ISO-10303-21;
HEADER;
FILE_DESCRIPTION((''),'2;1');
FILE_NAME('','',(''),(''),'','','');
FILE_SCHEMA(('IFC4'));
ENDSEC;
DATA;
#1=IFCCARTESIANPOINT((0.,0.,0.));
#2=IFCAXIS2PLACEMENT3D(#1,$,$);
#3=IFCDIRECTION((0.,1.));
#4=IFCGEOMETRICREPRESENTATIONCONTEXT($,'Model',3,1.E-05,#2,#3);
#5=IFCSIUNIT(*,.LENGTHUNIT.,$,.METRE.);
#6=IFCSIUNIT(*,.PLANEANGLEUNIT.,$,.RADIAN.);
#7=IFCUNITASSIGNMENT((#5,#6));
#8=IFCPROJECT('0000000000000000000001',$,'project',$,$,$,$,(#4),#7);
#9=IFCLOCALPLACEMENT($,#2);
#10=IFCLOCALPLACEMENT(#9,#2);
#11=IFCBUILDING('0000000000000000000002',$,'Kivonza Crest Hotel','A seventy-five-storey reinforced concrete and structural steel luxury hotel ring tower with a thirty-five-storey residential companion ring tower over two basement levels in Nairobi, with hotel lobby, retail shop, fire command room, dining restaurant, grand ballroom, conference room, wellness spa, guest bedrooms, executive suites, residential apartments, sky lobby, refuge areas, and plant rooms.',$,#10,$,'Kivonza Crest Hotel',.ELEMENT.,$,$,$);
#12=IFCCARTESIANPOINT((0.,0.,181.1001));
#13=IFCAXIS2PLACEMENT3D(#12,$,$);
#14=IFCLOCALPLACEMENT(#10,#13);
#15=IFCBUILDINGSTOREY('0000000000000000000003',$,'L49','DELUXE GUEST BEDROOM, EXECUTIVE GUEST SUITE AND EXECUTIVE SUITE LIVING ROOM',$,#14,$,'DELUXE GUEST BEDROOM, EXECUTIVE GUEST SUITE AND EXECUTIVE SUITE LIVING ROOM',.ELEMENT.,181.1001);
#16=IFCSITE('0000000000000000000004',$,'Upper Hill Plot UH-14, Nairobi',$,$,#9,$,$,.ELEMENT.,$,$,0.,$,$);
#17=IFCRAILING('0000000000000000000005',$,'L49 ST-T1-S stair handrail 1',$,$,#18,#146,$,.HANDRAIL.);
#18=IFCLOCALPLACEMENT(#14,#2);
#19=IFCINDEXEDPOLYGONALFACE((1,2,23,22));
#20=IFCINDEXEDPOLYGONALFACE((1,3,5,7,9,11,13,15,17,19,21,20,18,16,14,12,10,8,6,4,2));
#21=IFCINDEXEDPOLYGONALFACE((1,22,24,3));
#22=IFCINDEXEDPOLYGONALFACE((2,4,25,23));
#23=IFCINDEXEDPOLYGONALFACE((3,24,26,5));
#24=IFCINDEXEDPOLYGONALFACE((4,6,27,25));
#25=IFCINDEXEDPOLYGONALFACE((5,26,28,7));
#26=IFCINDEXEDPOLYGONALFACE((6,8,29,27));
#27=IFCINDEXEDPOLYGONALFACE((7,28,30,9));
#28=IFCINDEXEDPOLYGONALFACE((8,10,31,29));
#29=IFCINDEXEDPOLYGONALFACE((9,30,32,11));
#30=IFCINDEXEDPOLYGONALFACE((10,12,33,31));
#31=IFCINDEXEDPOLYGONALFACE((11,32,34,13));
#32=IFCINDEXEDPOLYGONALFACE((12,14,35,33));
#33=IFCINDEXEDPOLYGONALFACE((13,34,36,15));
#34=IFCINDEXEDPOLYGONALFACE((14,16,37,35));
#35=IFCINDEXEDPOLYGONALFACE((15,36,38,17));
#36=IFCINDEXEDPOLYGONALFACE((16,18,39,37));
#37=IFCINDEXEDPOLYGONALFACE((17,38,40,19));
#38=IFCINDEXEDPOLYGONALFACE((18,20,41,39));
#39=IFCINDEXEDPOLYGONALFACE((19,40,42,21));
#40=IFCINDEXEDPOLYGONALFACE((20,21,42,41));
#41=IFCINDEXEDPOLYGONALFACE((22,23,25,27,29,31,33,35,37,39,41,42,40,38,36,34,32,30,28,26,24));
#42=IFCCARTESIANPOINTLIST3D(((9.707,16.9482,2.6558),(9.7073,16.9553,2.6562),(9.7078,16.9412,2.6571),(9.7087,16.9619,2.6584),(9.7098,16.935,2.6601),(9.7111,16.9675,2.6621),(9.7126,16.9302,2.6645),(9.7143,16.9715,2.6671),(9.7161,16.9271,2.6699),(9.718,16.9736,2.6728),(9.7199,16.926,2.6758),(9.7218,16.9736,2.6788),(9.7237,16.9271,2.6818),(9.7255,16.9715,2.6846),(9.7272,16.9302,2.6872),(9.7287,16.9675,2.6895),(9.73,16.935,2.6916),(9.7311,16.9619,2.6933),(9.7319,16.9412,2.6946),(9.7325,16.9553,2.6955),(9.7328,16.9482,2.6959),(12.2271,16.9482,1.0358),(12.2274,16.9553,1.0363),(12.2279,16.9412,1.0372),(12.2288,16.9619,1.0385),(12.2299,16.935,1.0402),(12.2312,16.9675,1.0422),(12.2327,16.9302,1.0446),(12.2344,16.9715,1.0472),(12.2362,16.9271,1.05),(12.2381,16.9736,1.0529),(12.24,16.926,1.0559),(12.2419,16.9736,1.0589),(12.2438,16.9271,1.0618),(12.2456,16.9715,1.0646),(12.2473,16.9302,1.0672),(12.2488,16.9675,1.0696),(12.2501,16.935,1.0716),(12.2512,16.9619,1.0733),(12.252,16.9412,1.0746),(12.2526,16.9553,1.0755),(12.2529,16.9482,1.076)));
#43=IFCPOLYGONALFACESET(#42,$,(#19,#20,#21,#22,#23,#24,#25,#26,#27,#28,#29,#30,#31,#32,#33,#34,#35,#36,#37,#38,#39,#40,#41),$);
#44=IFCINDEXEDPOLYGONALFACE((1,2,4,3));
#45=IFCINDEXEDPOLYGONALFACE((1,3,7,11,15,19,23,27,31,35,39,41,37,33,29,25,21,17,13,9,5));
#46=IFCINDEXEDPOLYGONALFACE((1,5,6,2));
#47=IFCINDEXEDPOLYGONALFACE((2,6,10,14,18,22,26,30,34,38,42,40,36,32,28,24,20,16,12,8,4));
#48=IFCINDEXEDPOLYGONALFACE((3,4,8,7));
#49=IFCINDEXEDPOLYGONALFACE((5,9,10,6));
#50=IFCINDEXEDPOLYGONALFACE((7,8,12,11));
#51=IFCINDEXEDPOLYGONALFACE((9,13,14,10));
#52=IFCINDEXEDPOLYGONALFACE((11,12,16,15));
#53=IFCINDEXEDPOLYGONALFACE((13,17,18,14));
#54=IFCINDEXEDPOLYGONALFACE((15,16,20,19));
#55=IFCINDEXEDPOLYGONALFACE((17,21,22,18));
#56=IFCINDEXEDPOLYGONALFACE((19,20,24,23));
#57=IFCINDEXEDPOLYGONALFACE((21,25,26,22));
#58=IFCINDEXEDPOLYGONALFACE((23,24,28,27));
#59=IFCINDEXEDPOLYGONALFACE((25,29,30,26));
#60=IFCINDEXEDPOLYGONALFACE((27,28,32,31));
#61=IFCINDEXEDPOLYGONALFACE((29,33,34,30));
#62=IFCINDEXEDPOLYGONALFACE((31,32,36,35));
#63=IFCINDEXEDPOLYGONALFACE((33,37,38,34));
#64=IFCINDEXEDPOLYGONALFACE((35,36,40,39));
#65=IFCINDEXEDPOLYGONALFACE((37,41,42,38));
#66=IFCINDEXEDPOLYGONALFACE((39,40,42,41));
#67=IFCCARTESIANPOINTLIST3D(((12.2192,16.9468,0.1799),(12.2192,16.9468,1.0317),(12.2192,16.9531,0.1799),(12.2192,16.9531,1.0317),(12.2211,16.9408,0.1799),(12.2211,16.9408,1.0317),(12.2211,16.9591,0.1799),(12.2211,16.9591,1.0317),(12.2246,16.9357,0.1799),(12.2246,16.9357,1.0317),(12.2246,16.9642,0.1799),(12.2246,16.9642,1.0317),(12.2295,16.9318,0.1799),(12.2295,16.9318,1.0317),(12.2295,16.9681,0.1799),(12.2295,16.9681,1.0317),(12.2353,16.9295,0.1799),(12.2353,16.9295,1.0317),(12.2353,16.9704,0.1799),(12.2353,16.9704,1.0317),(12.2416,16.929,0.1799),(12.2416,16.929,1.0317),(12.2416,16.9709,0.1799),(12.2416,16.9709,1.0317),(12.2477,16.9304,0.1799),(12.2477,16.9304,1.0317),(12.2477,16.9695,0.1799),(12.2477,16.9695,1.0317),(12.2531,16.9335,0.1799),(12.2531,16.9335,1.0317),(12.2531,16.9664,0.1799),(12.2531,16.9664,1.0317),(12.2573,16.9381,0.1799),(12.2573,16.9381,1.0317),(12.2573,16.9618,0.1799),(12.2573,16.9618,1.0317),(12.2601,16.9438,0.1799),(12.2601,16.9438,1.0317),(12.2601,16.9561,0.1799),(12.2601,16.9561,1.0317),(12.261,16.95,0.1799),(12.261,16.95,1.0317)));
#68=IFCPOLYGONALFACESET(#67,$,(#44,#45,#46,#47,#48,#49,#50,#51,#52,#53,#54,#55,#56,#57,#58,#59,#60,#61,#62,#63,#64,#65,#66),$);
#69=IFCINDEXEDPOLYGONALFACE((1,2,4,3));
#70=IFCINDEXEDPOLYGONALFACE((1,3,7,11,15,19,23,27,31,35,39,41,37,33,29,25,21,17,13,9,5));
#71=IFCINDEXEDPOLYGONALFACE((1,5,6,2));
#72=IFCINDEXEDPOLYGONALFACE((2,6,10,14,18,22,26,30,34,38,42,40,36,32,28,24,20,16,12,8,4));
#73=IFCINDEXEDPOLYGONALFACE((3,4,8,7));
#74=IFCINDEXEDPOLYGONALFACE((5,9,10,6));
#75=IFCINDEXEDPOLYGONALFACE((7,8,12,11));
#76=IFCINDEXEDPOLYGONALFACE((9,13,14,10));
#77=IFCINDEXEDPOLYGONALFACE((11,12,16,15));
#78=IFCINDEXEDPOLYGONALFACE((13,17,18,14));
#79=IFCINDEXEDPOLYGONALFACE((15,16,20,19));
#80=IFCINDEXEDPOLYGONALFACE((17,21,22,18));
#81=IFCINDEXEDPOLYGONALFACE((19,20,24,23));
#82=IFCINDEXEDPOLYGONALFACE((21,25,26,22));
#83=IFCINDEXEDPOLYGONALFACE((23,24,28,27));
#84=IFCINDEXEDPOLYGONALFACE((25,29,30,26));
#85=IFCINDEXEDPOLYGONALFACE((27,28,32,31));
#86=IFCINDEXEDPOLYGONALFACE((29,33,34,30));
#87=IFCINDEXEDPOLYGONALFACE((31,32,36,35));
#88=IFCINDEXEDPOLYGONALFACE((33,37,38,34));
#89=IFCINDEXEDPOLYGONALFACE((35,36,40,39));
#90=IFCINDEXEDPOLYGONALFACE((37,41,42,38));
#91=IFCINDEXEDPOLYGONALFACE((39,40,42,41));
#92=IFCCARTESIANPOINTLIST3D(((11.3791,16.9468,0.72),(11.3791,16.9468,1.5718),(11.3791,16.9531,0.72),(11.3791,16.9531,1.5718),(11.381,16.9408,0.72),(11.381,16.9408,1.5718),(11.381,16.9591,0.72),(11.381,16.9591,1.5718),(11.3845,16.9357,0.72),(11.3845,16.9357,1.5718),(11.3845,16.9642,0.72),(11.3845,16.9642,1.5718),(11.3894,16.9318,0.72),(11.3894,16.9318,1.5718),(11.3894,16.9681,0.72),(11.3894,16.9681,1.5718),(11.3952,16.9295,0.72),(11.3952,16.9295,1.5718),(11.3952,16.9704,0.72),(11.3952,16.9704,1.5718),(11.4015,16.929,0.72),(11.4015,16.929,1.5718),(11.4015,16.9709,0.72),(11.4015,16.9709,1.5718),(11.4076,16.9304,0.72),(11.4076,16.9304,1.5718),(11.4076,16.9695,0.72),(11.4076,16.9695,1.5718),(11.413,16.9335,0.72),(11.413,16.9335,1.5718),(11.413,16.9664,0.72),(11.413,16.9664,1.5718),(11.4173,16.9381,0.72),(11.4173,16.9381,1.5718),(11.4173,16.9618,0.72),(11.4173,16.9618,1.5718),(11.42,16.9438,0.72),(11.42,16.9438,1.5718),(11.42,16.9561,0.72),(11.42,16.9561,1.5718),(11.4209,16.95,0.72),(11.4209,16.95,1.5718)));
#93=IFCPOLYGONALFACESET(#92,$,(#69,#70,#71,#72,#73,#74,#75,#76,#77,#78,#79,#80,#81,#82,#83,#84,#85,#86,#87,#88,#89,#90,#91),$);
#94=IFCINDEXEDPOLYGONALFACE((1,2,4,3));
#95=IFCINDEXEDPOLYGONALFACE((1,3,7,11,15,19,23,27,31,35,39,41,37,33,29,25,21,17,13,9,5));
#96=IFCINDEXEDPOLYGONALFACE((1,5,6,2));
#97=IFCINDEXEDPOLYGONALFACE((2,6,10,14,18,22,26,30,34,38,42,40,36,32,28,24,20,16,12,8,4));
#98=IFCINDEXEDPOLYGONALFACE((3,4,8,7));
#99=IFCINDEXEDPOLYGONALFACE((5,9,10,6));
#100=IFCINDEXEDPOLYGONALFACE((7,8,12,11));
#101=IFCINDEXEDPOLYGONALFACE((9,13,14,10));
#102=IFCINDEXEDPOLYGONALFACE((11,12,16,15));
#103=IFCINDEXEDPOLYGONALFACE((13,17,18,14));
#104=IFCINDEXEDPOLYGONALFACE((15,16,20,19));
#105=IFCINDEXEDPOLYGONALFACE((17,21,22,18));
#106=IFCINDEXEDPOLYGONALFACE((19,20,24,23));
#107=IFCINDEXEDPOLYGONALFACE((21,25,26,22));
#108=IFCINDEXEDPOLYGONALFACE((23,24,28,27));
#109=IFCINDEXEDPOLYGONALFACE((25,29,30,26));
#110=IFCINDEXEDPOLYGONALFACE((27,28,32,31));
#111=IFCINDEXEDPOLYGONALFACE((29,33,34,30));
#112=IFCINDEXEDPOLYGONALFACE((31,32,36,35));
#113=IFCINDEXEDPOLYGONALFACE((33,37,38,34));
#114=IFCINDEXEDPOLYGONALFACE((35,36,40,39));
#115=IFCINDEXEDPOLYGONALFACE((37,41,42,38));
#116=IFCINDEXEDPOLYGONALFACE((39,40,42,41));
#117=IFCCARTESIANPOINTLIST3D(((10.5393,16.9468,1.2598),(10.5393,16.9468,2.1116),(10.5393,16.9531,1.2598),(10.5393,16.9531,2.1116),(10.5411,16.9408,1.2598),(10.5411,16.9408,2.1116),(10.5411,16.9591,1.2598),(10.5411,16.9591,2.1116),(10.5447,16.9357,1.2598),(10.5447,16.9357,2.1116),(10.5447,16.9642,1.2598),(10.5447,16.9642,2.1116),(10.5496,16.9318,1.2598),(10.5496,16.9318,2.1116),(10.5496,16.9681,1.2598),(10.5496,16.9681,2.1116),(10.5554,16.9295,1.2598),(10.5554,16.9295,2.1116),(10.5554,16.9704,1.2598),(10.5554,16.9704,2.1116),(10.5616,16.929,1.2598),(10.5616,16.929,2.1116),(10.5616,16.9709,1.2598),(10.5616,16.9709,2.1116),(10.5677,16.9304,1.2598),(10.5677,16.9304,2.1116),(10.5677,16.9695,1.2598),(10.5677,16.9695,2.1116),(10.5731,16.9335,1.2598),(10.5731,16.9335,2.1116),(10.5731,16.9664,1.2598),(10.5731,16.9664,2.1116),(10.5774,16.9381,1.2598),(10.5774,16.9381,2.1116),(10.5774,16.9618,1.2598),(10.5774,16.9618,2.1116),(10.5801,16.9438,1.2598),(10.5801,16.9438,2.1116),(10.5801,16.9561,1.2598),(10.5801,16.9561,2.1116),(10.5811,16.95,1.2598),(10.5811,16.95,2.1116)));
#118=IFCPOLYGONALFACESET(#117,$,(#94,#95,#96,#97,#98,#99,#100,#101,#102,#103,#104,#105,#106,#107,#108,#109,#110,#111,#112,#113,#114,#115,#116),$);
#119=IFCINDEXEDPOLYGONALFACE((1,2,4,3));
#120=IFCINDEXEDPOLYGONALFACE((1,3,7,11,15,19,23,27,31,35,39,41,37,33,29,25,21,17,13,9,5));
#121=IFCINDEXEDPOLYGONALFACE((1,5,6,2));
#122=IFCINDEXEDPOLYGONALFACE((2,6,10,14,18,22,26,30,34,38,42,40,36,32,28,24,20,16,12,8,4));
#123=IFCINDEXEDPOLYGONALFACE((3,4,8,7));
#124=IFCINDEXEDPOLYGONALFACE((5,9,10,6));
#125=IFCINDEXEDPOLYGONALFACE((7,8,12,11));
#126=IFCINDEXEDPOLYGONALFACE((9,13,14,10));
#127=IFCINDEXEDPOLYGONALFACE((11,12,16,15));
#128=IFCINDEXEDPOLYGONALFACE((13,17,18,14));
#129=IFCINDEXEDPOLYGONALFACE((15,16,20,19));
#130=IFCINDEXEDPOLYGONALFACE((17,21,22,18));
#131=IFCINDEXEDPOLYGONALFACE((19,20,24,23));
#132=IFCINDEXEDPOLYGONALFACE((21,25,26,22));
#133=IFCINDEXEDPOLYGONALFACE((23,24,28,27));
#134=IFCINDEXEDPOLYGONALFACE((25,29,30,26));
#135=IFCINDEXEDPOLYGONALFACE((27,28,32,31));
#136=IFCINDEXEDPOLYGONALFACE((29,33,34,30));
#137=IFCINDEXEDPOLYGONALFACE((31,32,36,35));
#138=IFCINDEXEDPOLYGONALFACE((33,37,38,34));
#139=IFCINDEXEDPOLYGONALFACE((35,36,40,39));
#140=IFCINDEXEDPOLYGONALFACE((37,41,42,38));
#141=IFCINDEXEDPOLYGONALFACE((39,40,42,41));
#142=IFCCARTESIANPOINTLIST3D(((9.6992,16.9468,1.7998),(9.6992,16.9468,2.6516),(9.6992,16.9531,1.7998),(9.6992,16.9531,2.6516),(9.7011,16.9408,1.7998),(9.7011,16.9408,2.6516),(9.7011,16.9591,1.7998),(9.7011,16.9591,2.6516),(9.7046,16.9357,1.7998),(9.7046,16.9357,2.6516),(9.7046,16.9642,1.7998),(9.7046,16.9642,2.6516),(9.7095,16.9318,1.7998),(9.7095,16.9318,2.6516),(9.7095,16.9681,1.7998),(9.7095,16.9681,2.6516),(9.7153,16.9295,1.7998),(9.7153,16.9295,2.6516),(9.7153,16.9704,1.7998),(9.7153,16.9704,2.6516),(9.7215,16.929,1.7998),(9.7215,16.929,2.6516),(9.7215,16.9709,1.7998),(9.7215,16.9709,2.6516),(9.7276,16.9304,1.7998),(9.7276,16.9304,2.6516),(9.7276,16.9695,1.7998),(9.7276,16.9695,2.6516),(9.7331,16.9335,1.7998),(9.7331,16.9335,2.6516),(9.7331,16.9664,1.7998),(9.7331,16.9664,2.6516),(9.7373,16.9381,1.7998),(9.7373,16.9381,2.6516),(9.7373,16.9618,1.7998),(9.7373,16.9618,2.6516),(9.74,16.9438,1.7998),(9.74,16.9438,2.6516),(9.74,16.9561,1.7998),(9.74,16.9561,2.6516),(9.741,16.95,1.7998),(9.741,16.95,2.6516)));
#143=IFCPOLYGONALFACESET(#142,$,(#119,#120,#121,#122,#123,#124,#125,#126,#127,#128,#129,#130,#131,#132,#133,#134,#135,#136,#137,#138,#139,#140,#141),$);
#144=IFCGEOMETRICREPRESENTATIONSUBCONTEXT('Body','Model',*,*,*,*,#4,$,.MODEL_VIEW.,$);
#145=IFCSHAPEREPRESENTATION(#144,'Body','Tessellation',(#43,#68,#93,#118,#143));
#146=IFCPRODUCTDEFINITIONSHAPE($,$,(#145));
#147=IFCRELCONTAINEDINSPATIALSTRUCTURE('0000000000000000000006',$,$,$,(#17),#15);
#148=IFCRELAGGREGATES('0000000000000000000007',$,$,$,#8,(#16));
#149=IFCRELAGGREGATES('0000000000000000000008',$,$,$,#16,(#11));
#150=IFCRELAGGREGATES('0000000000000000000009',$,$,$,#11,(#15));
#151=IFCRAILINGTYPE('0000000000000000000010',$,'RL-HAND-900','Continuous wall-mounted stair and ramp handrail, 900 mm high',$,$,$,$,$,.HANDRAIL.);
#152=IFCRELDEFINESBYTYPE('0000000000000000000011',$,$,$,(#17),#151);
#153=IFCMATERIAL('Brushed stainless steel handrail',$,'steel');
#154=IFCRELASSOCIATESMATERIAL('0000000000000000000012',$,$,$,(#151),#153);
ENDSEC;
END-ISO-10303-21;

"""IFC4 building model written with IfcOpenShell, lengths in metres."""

from ifc_helpers import new_model, si_unit, direction, frame, origin, origin_2d, place, context, subcontext, project, spatial, circle, extrude, material, type_object, element, save


model = new_model("IFC4")

# Units and contexts
model_context = context("Model", 3, precision=1e-05, world=origin(), true_north=direction((0.0, 1.0)))
body_context = subcontext(model_context, "Body", "Model", "MODEL_VIEW")
ifc_project = project(units=[si_unit("LENGTHUNIT", "METRE"), si_unit("PLANEANGLEUNIT", "RADIAN")], contexts=[model_context])

# Site, building, storey
site_placement = place(None, origin())
site = spatial("IfcSite", under=ifc_project, at=site_placement, Name="Upper Hill Plot UH-14, Nairobi", CompositionType="ELEMENT", RefElevation=0.0)
building_placement = place(site_placement, origin())
building = spatial("IfcBuilding", under=site, at=building_placement, Name="Kivonza Crest Hotel", Description="A seventy-five-storey reinforced concrete and structural steel luxury hotel ring tower with a thirty-five-storey residential companion ring tower over two basement levels in Nairobi, with hotel lobby, retail shop, fire command room, dining restaurant, grand ballroom, conference room, wellness spa, guest bedrooms, executive suites, residential apartments, sky lobby, refuge areas, and plant rooms.", LongName="Kivonza Crest Hotel", CompositionType="ELEMENT")
storey_placement = place(building_placement, frame((0.0, 0.0, 181.1001)))
storey = spatial("IfcBuildingStorey", under=building, at=storey_placement, Name="L49", Description="DELUXE GUEST BEDROOM, EXECUTIVE GUEST SUITE AND EXECUTIVE SUITE LIVING ROOM", LongName="DELUXE GUEST BEDROOM, EXECUTIVE GUEST SUITE AND EXECUTIVE SUITE LIVING ROOM", CompositionType="ELEMENT", Elevation=181.1001)

# Railing
ifc_material_1 = material(Name="Brushed stainless steel handrail", Category="steel")
railing_type_1 = type_object("IfcRailingType", Name="RL-HAND-900", Description="Continuous wall-mounted stair and ramp handrail, 900 mm high", PredefinedType="HANDRAIL", material=ifc_material_1)
railing_1_placement = place(storey_placement, frame((12.24, 16.95, 0.1799)))
element("IfcRailing", 1, at=railing_1_placement, inside=storey, type_object=railing_type_1, Name="L49 ST-T1-S stair handrail 1", PredefinedType="HANDRAIL", context=body_context, shape_type="SweptSolid", body=[
    extrude(circle(Radius=0.0239, at=origin_2d()), frame((0.0, 0.0, 0.876), z_axis=(-0.8412, 0.0, 0.540725), x_axis=(0.0, -1.0, 0.0)), (0.0, 0.0, 1.0), 2.9958),
    extrude(circle(Radius=0.021, at=origin_2d()), origin(), (0.0, 0.0, 1.0), 0.8518),
    extrude(circle(Radius=0.021, at=origin_2d()), frame((-0.8401, 0.0, 0.54)), (0.0, 0.0, 1.0), 0.8518),
    extrude(circle(Radius=0.021, at=origin_2d()), frame((-1.6799, 0.0, 1.0798)), (0.0, 0.0, 1.0), 0.8518),
    extrude(circle(Radius=0.021, at=origin_2d()), frame((-2.52, 0.0, 1.6199)), (0.0, 0.0, 1.0), 0.8518),
])

save(model, "model.ifc")
